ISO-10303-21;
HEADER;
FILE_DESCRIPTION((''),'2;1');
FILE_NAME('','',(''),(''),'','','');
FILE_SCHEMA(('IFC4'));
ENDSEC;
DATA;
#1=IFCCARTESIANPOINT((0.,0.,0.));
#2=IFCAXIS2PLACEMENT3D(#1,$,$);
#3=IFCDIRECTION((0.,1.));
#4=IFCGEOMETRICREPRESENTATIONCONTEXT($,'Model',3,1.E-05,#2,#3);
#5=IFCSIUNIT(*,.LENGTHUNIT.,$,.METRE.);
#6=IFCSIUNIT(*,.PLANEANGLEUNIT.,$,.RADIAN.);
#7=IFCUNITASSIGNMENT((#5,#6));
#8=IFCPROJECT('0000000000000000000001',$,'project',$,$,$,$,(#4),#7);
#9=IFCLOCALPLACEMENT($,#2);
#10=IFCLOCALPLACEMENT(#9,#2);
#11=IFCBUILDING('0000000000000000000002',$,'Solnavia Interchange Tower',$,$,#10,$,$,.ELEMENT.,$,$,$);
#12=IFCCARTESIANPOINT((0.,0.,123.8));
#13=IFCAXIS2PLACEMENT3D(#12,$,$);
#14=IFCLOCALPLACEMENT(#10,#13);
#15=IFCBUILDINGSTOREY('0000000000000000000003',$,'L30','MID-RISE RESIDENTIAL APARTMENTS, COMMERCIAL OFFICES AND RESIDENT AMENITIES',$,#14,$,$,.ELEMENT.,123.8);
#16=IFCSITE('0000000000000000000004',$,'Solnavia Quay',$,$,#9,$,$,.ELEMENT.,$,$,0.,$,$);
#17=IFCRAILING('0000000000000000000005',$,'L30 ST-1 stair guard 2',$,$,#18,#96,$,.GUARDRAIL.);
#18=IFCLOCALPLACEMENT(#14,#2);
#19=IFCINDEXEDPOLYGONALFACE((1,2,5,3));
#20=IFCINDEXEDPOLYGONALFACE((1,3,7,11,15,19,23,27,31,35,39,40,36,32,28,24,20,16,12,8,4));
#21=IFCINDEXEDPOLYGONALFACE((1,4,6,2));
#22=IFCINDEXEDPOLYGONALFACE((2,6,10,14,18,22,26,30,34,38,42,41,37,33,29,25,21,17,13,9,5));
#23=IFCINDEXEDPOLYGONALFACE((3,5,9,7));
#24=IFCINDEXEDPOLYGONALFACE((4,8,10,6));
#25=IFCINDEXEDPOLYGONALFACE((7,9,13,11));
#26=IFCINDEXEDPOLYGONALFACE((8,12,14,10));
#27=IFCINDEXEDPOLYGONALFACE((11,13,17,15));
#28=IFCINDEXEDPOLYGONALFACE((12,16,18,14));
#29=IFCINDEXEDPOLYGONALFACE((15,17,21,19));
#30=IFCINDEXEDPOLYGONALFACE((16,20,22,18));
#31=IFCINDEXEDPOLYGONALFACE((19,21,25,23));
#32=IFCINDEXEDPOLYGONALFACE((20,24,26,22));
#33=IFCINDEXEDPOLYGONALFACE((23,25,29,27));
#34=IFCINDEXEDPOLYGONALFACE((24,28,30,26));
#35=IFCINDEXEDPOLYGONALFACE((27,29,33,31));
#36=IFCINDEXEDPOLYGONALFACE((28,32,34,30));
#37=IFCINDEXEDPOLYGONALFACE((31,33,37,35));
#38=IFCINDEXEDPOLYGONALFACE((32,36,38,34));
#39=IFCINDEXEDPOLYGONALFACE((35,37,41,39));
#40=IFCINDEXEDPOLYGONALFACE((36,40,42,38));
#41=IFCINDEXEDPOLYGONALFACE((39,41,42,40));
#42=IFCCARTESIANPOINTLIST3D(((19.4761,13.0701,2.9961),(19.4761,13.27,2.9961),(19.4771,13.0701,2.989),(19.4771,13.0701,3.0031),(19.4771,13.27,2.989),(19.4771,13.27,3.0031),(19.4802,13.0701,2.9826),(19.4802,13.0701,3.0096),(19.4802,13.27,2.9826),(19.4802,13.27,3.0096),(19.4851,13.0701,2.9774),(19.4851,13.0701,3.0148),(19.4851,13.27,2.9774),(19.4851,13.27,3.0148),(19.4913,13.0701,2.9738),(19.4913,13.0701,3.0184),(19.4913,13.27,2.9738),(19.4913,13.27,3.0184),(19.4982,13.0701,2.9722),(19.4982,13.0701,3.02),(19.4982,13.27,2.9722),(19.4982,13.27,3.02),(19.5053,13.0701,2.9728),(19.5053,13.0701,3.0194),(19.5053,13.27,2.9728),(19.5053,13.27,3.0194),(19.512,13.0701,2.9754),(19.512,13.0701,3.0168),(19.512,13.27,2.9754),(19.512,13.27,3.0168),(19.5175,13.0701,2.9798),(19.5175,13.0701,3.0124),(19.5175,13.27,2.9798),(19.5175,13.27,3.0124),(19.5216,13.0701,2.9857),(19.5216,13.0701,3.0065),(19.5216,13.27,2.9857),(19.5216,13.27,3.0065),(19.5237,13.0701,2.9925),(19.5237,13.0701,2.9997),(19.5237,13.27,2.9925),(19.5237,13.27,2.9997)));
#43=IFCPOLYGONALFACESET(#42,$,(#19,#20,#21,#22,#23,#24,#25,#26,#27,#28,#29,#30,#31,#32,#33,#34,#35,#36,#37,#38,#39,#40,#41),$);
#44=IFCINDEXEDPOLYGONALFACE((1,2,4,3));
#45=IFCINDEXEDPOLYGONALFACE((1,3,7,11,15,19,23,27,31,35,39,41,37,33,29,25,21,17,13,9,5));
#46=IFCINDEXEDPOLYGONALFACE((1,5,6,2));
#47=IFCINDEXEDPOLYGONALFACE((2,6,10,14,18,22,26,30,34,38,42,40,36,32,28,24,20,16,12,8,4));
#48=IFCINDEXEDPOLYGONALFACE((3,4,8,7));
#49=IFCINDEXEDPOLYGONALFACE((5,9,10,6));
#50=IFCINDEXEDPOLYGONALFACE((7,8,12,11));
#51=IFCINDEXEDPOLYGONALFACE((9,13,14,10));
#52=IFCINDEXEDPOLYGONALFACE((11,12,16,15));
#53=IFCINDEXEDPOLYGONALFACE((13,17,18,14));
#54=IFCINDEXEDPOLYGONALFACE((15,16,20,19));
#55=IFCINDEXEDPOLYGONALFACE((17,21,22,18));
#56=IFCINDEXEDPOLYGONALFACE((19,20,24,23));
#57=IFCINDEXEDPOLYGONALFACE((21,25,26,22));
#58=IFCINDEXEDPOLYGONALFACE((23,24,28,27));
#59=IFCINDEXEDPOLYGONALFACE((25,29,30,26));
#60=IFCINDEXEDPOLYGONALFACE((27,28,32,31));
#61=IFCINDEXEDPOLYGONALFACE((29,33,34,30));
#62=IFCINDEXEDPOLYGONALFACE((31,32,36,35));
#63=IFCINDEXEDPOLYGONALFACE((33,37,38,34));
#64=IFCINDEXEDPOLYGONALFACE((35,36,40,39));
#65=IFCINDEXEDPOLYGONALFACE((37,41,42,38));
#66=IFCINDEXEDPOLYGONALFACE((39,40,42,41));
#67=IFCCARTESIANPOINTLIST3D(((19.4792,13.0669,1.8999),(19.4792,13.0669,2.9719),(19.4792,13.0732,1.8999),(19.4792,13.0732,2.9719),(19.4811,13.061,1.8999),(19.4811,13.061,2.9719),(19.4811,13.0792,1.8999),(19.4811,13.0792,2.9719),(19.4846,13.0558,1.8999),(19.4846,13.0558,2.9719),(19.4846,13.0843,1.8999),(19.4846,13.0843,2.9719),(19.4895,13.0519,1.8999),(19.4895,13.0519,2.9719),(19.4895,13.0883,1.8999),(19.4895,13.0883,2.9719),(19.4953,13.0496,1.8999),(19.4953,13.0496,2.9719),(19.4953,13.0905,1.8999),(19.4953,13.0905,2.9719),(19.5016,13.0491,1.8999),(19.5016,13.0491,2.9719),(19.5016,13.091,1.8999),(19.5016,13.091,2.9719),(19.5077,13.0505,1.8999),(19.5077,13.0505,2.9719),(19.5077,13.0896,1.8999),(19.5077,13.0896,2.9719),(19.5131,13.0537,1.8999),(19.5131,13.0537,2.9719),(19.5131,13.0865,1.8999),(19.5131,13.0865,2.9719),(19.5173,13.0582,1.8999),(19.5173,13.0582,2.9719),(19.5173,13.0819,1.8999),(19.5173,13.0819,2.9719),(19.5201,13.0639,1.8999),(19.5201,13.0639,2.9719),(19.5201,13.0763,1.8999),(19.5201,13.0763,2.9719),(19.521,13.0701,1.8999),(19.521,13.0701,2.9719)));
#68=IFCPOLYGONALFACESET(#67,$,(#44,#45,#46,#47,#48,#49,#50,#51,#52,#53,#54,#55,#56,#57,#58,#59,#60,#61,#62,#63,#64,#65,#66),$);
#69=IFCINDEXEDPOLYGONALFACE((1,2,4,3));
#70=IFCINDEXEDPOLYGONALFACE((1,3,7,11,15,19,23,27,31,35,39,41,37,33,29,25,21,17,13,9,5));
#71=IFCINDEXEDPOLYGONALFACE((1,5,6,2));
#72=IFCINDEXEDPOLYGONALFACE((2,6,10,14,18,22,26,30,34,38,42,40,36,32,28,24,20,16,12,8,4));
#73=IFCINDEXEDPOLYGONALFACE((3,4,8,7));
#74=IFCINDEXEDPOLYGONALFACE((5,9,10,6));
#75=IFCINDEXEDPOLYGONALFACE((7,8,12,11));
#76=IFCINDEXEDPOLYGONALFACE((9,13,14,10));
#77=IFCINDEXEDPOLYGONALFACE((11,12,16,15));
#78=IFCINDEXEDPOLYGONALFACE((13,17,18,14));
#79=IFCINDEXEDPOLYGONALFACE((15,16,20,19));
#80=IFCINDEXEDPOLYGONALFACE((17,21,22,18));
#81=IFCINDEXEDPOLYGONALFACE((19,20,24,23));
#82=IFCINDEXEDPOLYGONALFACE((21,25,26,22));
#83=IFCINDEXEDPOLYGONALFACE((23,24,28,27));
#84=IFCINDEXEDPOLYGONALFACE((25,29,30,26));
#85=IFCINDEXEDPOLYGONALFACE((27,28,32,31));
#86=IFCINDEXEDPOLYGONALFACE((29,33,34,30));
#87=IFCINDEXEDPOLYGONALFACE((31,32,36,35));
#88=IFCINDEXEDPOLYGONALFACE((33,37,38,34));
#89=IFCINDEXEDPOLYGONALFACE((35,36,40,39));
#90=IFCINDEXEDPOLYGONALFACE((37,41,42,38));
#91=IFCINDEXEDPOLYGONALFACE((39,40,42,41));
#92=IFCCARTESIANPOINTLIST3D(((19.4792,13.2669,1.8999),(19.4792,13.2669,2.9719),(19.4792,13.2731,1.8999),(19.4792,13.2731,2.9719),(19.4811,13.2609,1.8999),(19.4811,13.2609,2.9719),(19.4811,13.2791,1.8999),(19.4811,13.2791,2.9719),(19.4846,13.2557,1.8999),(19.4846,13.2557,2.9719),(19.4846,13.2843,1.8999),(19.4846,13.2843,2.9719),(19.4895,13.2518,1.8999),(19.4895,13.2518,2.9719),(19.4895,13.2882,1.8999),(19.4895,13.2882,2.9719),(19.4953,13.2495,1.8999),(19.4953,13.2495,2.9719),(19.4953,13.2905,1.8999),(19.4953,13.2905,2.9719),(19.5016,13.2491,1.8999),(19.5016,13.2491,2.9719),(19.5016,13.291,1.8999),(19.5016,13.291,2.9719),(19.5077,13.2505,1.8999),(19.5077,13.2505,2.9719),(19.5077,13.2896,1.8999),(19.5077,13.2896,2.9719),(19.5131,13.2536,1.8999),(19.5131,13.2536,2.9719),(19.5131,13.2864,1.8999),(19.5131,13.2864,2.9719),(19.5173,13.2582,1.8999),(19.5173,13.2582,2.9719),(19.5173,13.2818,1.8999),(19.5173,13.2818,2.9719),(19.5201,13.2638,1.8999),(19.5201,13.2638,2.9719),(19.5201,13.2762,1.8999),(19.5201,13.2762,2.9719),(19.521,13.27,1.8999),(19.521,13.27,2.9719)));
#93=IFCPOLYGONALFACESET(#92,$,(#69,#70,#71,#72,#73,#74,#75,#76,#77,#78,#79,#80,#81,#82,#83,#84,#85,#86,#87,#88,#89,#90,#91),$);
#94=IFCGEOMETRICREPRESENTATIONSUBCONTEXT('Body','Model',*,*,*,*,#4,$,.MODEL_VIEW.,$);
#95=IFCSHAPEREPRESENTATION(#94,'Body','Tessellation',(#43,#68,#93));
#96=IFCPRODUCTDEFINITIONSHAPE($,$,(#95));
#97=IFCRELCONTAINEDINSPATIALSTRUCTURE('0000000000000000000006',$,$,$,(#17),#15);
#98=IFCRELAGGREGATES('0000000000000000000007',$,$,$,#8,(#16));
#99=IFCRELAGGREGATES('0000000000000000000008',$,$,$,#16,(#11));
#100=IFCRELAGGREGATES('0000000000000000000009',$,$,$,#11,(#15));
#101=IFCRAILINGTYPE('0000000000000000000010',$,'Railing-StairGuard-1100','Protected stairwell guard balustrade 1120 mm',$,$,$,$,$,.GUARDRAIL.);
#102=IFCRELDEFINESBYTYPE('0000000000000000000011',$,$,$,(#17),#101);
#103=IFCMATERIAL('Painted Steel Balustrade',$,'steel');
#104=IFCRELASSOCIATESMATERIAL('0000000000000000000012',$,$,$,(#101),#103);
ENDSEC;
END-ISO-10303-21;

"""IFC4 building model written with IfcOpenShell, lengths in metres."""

from ifc_helpers import new_model, si_unit, direction, frame, origin, origin_2d, place, context, subcontext, project, spatial, circle, extrude, material, type_object, element, save


model = new_model("IFC4")

# Units and contexts
model_context = context("Model", 3, precision=1e-05, world=origin(), true_north=direction((0.0, 1.0)))
body_context = subcontext(model_context, "Body", "Model", "MODEL_VIEW")
ifc_project = project(units=[si_unit("LENGTHUNIT", "METRE"), si_unit("PLANEANGLEUNIT", "RADIAN")], contexts=[model_context])

# Site, building, storey
site_placement = place(None, origin())
site = spatial("IfcSite", under=ifc_project, at=site_placement, Name="Solnavia Quay", CompositionType="ELEMENT", RefElevation=0.0)
building_placement = place(site_placement, origin())
building = spatial("IfcBuilding", under=site, at=building_placement, Name="Solnavia Interchange Tower", CompositionType="ELEMENT")
storey_placement = place(building_placement, frame((0.0, 0.0, 123.8)))
storey = spatial("IfcBuildingStorey", under=building, at=storey_placement, Name="L30", Description="MID-RISE RESIDENTIAL APARTMENTS, COMMERCIAL OFFICES AND RESIDENT AMENITIES", CompositionType="ELEMENT", Elevation=123.8)

# Railing
ifc_material_1 = material(Name="Painted Steel Balustrade", Category="steel")
railing_type_1 = type_object("IfcRailingType", Name="Railing-StairGuard-1100", Description="Protected stairwell guard balustrade 1120 mm", PredefinedType="GUARDRAIL", material=ifc_material_1)
railing_1_placement = place(storey_placement, frame((19.5, 13.0701, 1.8999)))
element("IfcRailing", 1, at=railing_1_placement, inside=storey, type_object=railing_type_1, Name="L30 ST-1 stair guard 2", PredefinedType="GUARDRAIL", context=body_context, shape_type="SweptSolid", body=[
    extrude(circle(Radius=0.0239, at=origin_2d()), frame((0.0, 0.0, 1.0962), z_axis=(0.0, 1.0, 0.0), x_axis=(-1.0, 0.0, 0.0)), (0.0, 0.0, 1.0), 0.2),
    extrude(circle(Radius=0.021, at=origin_2d()), origin(), (0.0, 0.0, 1.0), 1.072),
    extrude(circle(Radius=0.021, at=origin_2d()), frame((0.0, 0.2, 0.0)), (0.0, 0.0, 1.0), 1.072),
])

save(model, "model.ifc")
